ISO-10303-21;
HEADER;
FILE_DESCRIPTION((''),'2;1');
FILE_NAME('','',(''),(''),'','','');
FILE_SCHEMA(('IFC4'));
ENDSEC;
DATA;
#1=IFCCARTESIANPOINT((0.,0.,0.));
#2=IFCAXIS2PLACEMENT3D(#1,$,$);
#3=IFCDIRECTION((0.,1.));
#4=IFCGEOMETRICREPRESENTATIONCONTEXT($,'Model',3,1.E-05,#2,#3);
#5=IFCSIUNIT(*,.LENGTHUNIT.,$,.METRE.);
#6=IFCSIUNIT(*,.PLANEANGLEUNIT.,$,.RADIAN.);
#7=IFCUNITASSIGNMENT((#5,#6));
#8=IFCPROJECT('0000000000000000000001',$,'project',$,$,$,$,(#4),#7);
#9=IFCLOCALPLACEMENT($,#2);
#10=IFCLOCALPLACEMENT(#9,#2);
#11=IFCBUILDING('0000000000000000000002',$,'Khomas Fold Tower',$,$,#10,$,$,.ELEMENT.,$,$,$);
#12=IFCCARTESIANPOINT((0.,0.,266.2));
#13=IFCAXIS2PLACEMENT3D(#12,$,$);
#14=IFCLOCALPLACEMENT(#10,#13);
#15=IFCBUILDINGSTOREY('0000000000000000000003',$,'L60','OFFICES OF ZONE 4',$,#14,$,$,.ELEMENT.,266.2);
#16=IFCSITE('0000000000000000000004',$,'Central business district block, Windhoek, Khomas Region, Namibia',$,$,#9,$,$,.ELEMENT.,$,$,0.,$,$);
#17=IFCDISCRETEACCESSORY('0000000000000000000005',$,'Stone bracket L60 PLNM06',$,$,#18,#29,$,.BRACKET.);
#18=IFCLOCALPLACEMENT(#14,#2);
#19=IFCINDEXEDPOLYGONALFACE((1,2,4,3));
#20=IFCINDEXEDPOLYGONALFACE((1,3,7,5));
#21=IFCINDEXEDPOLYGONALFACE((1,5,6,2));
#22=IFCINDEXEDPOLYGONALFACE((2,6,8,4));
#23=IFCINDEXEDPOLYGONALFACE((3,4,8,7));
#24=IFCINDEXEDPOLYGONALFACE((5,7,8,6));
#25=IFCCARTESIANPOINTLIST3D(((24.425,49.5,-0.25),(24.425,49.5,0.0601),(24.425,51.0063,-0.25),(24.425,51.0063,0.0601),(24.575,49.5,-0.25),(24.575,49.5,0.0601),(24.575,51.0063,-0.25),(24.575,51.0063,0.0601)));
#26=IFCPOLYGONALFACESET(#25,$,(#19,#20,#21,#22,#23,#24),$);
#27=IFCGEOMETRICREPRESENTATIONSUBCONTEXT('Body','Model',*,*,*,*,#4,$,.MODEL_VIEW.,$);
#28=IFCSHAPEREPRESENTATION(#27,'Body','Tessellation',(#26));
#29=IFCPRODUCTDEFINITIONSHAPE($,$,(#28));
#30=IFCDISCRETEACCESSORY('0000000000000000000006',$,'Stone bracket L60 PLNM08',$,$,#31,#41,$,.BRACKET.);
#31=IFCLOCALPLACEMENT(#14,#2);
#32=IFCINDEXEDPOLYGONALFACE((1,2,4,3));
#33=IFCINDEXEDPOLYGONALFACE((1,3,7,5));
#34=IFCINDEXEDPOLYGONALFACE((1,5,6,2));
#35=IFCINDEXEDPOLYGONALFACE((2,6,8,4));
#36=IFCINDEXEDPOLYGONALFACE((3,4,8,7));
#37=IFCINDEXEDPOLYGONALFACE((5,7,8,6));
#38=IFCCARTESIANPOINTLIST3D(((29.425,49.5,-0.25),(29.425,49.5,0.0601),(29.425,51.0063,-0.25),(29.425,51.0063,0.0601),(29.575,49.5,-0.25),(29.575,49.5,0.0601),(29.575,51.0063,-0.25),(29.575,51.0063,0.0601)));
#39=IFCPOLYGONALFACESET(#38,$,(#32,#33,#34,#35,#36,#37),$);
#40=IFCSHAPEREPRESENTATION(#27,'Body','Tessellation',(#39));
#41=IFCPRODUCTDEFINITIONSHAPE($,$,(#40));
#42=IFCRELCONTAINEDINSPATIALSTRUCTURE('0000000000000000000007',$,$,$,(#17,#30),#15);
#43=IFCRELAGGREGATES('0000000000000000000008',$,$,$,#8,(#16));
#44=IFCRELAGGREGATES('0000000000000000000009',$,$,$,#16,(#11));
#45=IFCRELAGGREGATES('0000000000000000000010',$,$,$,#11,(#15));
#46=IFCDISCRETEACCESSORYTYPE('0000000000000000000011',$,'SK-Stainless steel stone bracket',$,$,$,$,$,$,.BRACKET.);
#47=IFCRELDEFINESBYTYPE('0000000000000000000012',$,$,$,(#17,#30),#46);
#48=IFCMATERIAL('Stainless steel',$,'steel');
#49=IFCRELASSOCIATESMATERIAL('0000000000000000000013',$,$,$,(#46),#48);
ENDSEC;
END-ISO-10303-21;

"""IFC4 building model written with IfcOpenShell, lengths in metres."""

from ifc_helpers import new_model, si_unit, direction, frame, origin, origin_2d, place, context, subcontext, project, spatial, rectangle, extrude, source, transform, mapped, material, type_object, element, save


model = new_model("IFC4")

# Units and contexts
model_context = context("Model", 3, precision=1e-05, world=origin(), true_north=direction((0.0, 1.0)))
body_context = subcontext(model_context, "Body", "Model", "MODEL_VIEW")
ifc_project = project(units=[si_unit("LENGTHUNIT", "METRE"), si_unit("PLANEANGLEUNIT", "RADIAN")], contexts=[model_context])

# Site, building, storey
site_placement = place(None, origin())
site = spatial("IfcSite", under=ifc_project, at=site_placement, Name="Central business district block, Windhoek, Khomas Region, Namibia", CompositionType="ELEMENT", RefElevation=0.0)
building_placement = place(site_placement, origin())
building = spatial("IfcBuilding", under=site, at=building_placement, Name="Khomas Fold Tower", CompositionType="ELEMENT")
storey_placement = place(building_placement, frame((0.0, 0.0, 266.2)))
storey = spatial("IfcBuildingStorey", under=building, at=storey_placement, Name="L60", Description="OFFICES OF ZONE 4", CompositionType="ELEMENT", Elevation=266.2)

# Discrete accessories
ifc_material_1 = material(Name="Stainless steel", Category="steel")
discrete_accessory_type = type_object("IfcDiscreteAccessoryType", Name="SK-Stainless steel stone bracket", PredefinedType="BRACKET", material=ifc_material_1)
shared_shape_1 = source(origin(), body_context, "Body", "SweptSolid", [
    extrude(rectangle(XDim=1.5063, YDim=0.1499, at=origin_2d()), origin(), (0.0, 0.0, 1.0), 0.3101),
])
for number, where, z_axis, x_axis, name in (
    (1, (24.5, 50.2532, -0.25), (0.0, 0.0, 1.0), (0.0, 1.0, 0.0), "Stone bracket L60 PLNM06"),
    (2, (29.5, 50.2532, -0.25), (0.0, 0.0, 1.0), (0.0, 1.0, 0.0), "Stone bracket L60 PLNM08"),
):
    element("IfcDiscreteAccessory", number, at=place(storey_placement, frame(where, z_axis=z_axis, x_axis=x_axis)), inside=storey, type_object=discrete_accessory_type, Name=name, PredefinedType="BRACKET", context=body_context, shape_type="MappedRepresentation", body=[
        mapped(shared_shape_1, transform((0.0, 0.0, 0.0))),
    ])

save(model, "model.ifc")
